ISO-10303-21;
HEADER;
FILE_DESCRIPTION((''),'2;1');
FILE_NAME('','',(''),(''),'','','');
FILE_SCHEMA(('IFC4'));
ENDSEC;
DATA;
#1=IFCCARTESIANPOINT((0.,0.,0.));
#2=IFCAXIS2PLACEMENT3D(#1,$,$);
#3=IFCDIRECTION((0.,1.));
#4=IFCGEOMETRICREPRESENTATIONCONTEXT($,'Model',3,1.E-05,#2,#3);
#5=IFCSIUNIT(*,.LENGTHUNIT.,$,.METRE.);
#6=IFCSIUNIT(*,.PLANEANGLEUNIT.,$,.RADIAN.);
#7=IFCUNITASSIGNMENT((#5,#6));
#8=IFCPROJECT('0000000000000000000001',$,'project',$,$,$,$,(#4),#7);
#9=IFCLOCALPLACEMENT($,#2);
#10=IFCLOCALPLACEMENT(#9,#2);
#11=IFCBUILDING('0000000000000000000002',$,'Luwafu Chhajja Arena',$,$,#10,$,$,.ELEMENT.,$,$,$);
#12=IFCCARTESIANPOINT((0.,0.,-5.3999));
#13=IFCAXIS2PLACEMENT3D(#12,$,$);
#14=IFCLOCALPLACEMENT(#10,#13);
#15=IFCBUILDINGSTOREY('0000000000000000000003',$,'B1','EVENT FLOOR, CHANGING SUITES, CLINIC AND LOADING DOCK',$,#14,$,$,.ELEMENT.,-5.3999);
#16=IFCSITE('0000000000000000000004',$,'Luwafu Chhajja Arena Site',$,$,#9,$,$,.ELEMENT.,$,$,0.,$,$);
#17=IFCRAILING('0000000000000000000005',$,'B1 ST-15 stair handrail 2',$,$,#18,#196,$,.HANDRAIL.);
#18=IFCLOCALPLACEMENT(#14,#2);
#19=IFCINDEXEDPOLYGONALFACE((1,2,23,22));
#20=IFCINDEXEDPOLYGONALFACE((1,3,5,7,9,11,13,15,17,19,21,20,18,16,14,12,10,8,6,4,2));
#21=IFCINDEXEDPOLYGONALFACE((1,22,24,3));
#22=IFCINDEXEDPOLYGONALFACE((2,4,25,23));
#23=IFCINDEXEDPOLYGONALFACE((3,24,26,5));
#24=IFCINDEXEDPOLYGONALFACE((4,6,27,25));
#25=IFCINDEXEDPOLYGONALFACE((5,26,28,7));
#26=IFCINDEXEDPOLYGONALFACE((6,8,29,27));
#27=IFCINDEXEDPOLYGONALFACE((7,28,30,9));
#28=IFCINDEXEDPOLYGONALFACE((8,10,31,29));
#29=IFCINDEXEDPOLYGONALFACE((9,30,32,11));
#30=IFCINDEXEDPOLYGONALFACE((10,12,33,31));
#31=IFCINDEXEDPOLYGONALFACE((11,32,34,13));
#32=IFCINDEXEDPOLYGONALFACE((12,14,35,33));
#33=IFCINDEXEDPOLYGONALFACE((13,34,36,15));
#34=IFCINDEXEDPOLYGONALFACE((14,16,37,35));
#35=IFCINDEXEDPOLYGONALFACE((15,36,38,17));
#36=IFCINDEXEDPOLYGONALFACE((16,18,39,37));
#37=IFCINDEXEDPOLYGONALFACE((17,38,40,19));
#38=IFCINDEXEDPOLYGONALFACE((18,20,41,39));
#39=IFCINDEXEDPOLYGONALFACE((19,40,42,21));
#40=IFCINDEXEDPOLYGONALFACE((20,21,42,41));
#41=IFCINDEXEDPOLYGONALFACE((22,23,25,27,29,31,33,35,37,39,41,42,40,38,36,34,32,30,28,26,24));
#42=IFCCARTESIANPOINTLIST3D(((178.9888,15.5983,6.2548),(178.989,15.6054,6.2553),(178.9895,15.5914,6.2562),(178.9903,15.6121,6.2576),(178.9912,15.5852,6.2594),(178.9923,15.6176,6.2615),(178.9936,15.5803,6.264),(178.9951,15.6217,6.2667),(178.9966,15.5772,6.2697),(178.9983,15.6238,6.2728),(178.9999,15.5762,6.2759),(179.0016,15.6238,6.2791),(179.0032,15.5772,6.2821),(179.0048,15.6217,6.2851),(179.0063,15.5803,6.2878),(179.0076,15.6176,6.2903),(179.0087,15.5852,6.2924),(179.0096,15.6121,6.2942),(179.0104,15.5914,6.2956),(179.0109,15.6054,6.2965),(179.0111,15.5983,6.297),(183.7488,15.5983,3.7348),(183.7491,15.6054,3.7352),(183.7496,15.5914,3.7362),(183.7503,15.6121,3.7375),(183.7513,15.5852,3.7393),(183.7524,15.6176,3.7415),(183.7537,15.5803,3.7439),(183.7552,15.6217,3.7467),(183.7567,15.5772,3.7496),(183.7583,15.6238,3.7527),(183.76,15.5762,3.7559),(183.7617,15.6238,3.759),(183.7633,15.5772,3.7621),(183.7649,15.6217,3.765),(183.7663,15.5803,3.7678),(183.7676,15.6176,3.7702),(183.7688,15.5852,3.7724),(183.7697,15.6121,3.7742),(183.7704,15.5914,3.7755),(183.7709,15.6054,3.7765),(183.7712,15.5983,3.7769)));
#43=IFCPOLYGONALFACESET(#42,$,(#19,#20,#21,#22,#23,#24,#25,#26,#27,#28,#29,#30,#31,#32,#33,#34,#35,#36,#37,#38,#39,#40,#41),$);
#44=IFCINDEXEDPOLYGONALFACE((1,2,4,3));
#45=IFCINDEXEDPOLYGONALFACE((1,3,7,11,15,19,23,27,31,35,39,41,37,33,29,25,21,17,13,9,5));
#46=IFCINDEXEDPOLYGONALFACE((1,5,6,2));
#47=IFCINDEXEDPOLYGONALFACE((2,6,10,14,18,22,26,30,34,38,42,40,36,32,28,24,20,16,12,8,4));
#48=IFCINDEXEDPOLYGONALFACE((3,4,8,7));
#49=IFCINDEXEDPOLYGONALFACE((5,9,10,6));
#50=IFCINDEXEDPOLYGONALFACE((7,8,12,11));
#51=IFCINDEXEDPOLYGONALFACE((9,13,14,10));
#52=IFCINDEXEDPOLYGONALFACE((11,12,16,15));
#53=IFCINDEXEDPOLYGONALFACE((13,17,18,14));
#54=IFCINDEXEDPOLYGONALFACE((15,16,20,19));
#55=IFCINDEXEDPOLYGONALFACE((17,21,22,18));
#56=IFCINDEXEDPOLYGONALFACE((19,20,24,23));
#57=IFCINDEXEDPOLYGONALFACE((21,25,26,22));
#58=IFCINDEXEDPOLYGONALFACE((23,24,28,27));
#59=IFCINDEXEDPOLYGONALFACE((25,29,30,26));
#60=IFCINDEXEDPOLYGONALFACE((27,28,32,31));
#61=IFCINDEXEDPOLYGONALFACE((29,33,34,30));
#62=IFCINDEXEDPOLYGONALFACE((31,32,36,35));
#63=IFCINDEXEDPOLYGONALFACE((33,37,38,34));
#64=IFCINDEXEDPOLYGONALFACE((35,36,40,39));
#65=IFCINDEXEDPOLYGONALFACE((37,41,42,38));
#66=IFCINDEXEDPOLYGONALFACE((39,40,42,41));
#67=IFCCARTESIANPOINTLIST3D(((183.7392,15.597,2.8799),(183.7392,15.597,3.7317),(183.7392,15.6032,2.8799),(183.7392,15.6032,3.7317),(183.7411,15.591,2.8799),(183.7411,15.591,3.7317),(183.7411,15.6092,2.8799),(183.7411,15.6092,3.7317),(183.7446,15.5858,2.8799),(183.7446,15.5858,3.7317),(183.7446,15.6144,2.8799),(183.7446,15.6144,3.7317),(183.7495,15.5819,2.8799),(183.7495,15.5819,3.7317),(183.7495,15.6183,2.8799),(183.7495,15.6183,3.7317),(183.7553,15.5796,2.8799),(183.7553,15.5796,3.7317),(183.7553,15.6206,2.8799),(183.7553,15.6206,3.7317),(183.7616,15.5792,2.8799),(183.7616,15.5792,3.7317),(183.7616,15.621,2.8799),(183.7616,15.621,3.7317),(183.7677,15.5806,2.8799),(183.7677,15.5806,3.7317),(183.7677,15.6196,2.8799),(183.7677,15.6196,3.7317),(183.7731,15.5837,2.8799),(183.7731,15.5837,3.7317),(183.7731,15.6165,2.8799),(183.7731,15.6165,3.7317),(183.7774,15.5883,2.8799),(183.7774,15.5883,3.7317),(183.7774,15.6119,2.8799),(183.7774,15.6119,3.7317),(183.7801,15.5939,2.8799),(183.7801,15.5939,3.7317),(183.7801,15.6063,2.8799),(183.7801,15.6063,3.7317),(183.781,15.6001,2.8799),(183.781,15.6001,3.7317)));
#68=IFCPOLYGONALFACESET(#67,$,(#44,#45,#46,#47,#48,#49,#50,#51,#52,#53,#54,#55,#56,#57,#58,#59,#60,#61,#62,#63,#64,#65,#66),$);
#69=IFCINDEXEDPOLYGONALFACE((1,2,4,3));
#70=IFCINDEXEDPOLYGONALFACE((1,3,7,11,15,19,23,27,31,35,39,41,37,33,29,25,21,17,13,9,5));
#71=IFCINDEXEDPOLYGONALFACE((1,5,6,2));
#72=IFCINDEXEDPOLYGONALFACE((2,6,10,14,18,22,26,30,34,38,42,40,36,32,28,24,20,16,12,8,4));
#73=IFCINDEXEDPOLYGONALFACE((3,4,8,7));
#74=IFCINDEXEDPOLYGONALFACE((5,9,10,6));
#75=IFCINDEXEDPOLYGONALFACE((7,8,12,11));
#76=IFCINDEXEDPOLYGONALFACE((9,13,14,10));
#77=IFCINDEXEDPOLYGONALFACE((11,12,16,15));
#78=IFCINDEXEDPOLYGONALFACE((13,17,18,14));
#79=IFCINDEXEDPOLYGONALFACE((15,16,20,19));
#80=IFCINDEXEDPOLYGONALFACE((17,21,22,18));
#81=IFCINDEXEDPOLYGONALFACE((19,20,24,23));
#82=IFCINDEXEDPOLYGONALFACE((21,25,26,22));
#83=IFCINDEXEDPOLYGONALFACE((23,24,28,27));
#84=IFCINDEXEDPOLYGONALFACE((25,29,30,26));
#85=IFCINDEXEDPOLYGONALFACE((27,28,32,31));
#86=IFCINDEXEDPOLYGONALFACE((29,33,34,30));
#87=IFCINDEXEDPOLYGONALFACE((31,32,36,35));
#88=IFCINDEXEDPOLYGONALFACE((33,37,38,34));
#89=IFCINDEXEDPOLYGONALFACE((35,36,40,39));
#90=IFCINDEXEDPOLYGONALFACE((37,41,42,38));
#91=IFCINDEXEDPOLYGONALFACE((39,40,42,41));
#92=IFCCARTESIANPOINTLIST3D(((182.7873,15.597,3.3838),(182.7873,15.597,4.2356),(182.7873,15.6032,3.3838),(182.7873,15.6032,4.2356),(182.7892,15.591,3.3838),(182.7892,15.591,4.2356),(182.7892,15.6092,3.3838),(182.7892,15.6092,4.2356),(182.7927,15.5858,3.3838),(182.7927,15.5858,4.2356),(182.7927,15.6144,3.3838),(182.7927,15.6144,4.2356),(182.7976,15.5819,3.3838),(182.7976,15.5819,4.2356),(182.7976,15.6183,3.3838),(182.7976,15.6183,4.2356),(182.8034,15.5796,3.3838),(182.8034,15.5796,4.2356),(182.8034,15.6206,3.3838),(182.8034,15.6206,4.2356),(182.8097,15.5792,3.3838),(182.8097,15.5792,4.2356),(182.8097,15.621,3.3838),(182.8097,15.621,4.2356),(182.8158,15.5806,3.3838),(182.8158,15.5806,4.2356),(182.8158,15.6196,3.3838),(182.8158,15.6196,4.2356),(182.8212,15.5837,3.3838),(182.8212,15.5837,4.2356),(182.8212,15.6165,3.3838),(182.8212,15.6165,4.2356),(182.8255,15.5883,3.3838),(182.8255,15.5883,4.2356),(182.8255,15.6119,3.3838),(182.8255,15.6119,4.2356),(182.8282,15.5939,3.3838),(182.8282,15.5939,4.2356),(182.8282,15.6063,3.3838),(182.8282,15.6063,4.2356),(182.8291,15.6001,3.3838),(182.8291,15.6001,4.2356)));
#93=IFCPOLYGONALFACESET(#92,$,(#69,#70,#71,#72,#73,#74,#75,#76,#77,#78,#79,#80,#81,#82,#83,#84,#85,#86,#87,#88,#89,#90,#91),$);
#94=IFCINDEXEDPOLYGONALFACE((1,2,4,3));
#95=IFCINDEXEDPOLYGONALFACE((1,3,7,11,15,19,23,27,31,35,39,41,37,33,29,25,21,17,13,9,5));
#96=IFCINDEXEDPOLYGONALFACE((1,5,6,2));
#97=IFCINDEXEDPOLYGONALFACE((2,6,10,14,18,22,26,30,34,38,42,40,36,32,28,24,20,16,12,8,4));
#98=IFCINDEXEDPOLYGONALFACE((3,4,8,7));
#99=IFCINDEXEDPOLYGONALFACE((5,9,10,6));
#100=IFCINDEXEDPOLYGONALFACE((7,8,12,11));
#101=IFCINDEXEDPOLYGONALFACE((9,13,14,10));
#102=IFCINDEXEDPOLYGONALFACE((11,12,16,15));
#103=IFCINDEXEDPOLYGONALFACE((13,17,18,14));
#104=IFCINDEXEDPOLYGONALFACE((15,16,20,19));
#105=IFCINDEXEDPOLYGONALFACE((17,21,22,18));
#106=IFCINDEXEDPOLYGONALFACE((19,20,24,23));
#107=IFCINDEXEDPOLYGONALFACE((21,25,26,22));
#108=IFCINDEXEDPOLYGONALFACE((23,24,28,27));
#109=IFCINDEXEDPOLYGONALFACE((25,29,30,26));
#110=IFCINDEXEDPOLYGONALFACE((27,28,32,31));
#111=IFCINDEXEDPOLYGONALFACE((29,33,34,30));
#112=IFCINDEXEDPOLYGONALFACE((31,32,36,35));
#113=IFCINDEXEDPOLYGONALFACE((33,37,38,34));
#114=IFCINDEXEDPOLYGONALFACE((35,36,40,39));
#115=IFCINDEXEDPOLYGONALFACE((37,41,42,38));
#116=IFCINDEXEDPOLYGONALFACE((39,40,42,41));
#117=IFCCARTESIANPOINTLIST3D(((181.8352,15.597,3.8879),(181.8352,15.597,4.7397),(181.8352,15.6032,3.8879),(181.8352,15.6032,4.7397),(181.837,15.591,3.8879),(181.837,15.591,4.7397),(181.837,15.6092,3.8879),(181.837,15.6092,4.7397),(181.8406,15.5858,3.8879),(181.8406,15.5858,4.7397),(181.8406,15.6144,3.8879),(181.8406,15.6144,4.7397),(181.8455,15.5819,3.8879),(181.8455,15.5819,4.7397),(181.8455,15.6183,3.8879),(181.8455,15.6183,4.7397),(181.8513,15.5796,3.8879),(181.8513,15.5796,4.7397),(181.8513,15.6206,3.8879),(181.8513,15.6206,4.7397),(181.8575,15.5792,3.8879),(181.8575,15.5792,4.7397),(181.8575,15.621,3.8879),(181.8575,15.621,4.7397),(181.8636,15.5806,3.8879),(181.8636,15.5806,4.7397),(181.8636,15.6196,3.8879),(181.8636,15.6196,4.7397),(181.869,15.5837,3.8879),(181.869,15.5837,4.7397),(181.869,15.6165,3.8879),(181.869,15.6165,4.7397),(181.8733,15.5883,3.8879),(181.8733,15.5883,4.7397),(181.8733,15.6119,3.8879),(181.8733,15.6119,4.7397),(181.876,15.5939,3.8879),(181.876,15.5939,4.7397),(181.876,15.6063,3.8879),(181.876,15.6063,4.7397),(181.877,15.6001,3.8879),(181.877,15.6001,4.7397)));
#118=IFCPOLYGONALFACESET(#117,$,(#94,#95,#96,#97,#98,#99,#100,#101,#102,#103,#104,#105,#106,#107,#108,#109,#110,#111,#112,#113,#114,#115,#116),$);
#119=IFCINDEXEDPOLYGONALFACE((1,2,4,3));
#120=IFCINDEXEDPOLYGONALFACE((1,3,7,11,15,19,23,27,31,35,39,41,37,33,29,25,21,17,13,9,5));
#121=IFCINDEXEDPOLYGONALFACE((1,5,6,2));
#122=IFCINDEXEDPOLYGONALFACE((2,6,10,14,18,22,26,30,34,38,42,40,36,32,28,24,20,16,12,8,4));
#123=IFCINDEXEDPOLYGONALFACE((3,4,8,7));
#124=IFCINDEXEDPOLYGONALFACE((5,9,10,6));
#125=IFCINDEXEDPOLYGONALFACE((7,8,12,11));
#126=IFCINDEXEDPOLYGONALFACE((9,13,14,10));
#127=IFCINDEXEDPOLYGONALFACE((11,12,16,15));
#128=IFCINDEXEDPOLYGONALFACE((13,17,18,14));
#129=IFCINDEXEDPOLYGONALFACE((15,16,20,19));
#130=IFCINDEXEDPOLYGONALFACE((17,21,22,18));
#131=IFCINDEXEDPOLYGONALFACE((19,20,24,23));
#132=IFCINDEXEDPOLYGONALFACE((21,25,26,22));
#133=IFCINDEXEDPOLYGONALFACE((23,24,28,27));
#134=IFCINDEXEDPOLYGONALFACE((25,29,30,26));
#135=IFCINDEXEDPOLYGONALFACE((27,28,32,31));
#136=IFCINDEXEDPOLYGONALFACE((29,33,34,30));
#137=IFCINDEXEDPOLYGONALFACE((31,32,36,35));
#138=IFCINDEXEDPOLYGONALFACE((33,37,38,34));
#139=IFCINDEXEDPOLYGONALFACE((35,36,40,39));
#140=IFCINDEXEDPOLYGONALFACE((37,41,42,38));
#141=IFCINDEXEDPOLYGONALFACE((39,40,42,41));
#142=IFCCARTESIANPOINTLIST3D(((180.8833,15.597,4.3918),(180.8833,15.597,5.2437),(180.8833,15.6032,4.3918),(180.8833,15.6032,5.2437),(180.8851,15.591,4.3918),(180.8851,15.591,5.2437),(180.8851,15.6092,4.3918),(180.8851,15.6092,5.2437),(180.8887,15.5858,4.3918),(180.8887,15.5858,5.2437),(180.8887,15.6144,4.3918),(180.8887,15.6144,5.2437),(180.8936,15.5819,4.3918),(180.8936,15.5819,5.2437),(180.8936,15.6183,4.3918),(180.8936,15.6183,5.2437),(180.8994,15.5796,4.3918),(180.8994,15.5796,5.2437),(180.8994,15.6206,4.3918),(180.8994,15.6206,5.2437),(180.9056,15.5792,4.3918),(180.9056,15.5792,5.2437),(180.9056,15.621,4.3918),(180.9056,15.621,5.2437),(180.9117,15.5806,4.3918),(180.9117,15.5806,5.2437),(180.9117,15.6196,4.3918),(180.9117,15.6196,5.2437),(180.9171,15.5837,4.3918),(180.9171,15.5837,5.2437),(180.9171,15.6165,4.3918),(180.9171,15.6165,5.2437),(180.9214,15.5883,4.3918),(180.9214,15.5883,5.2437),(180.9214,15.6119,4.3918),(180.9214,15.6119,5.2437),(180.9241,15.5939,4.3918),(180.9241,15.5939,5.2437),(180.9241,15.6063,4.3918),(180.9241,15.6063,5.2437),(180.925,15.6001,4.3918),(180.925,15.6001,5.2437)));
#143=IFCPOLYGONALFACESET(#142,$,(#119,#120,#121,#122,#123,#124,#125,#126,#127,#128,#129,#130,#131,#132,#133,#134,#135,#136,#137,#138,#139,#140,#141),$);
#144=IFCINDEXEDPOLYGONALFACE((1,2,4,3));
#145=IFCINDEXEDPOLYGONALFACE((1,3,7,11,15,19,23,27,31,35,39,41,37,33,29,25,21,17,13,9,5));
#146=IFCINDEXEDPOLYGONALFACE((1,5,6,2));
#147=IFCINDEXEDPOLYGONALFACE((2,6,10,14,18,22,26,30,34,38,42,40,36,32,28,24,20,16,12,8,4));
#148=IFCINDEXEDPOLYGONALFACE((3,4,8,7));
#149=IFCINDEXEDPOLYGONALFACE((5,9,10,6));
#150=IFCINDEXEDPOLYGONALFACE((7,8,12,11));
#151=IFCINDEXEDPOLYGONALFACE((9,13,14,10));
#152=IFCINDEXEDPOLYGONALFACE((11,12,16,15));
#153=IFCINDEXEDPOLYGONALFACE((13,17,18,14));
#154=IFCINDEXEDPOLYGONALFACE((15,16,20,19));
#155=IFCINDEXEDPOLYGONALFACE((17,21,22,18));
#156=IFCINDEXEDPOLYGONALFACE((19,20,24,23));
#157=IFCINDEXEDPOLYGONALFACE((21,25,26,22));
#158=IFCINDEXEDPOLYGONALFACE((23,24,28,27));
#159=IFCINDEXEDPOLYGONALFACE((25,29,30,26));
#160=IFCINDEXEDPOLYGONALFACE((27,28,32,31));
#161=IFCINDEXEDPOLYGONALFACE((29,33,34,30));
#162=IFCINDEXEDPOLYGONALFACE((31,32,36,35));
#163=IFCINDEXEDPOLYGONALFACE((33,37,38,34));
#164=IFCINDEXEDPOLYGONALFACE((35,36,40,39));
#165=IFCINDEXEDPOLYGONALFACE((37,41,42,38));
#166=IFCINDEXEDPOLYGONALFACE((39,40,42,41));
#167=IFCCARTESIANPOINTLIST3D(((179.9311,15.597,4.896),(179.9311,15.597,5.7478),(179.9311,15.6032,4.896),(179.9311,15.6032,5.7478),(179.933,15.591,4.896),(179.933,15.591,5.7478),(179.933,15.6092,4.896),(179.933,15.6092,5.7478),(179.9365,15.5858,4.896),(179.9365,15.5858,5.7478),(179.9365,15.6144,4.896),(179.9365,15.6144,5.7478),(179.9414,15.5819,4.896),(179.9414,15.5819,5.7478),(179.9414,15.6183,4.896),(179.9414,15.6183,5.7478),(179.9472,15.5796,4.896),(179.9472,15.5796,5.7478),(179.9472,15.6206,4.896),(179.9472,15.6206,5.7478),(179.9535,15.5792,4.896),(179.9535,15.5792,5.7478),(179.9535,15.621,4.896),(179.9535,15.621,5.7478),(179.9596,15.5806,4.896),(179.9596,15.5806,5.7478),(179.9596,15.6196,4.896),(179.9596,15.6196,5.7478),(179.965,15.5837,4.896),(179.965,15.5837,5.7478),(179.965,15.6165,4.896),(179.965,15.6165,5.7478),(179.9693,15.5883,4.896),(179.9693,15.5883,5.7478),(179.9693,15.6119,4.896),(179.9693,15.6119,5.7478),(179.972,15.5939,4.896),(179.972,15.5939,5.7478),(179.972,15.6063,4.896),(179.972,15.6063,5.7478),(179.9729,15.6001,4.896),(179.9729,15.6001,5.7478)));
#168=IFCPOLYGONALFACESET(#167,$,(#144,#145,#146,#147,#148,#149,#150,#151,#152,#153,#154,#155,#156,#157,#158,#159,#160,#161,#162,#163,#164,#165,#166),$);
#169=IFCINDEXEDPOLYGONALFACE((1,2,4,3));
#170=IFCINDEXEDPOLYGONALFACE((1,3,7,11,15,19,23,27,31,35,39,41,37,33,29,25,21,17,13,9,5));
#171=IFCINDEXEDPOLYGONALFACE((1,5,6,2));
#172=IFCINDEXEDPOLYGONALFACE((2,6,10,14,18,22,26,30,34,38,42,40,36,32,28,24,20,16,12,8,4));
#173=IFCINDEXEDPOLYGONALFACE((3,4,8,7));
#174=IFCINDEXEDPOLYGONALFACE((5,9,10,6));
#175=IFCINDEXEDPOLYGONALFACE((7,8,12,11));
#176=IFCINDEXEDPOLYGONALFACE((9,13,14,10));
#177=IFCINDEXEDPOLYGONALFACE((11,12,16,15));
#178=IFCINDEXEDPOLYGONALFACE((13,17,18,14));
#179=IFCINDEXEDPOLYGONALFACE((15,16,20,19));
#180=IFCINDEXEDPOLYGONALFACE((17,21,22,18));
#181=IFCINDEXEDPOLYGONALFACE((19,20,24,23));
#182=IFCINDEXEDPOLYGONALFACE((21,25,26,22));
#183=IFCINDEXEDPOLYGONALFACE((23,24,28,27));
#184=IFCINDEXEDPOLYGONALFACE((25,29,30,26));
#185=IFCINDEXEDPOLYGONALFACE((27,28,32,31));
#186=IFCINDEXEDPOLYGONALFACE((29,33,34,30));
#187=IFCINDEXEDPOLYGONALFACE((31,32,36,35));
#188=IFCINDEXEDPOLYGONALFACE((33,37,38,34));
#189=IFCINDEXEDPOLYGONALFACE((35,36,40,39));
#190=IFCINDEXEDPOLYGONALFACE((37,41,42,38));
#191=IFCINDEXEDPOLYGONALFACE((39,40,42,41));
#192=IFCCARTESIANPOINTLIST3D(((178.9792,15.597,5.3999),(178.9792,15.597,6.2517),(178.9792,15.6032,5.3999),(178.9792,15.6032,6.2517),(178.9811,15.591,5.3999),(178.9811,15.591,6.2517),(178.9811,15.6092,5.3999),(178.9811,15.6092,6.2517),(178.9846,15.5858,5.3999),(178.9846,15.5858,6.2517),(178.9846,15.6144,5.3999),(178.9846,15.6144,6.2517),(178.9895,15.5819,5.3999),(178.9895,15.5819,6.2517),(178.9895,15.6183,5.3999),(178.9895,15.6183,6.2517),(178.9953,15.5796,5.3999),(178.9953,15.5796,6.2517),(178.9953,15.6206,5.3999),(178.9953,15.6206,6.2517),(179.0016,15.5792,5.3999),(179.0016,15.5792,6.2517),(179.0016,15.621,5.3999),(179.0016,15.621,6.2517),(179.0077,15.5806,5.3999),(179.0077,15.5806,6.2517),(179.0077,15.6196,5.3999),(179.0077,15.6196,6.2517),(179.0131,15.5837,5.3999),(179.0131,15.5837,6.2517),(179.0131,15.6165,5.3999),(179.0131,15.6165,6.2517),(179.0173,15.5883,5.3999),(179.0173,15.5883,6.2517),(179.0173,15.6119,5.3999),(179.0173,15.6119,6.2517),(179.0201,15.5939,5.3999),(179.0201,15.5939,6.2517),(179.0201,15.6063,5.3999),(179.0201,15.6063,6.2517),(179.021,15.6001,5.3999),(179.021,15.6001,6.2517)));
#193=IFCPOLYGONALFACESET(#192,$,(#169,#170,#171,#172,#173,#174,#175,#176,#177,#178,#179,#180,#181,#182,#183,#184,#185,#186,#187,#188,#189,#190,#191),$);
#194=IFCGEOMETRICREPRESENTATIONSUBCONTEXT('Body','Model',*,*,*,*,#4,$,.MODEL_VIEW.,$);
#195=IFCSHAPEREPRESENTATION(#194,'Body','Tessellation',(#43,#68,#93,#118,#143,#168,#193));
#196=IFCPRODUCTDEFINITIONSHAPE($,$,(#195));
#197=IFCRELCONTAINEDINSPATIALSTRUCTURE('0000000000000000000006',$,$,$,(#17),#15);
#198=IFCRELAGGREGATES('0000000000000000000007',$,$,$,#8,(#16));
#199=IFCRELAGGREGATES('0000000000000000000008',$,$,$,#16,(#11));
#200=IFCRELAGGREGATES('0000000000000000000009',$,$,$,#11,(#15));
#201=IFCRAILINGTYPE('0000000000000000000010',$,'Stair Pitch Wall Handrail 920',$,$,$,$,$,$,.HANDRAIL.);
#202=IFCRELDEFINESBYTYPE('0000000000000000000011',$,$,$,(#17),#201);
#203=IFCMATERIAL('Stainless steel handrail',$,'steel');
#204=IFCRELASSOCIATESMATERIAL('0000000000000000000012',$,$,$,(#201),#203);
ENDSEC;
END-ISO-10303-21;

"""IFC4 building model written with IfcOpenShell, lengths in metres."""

from ifc_helpers import new_model, si_unit, direction, frame, origin, origin_2d, place, context, subcontext, project, spatial, circle, extrude, material, type_object, element, save


model = new_model("IFC4")

# Units and contexts
model_context = context("Model", 3, precision=1e-05, world=origin(), true_north=direction((0.0, 1.0)))
body_context = subcontext(model_context, "Body", "Model", "MODEL_VIEW")
ifc_project = project(units=[si_unit("LENGTHUNIT", "METRE"), si_unit("PLANEANGLEUNIT", "RADIAN")], contexts=[model_context])

# Site, building, storey
site_placement = place(None, origin())
site = spatial("IfcSite", under=ifc_project, at=site_placement, Name="Luwafu Chhajja Arena Site", CompositionType="ELEMENT", RefElevation=0.0)
building_placement = place(site_placement, origin())
building = spatial("IfcBuilding", under=site, at=building_placement, Name="Luwafu Chhajja Arena", CompositionType="ELEMENT")
storey_placement = place(building_placement, frame((0.0, 0.0, -5.3999)))
storey = spatial("IfcBuildingStorey", under=building, at=storey_placement, Name="B1", Description="EVENT FLOOR, CHANGING SUITES, CLINIC AND LOADING DOCK", CompositionType="ELEMENT", Elevation=-5.3999)

# Railing
ifc_material_1 = material(Name="Stainless steel handrail", Category="steel")
railing_type_1 = type_object("IfcRailingType", Name="Stair Pitch Wall Handrail 920", PredefinedType="HANDRAIL", material=ifc_material_1)
railing_1_placement = place(storey_placement, frame((183.76, 15.6001, 2.8799)))
element("IfcRailing", 1, at=railing_1_placement, inside=storey, type_object=railing_type_1, Name="B1 ST-15 stair handrail 2", PredefinedType="HANDRAIL", context=body_context, shape_type="SweptSolid", body=[
    extrude(circle(Radius=0.0239, at=origin_2d()), frame((0.0, 0.0, 0.876), z_axis=(-0.883787, 0.0, 0.46789), x_axis=(0.0, -1.0, 0.0)), (0.0, 0.0, 1.0), 5.386),
    extrude(circle(Radius=0.021, at=origin_2d()), origin(), (0.0, 0.0, 1.0), 0.8518),
    extrude(circle(Radius=0.021, at=origin_2d()), frame((-0.9519, 0.0, 0.5039)), (0.0, 0.0, 1.0), 0.8518),
    extrude(circle(Radius=0.021, at=origin_2d()), frame((-1.9041, 0.0, 1.0081)), (0.0, 0.0, 1.0), 0.8518),
    extrude(circle(Radius=0.021, at=origin_2d()), frame((-2.856, 0.0, 1.512)), (0.0, 0.0, 1.0), 0.8518),
    extrude(circle(Radius=0.021, at=origin_2d()), frame((-3.8081, 0.0, 2.0161)), (0.0, 0.0, 1.0), 0.8518),
    extrude(circle(Radius=0.021, at=origin_2d()), frame((-4.76, 0.0, 2.52)), (0.0, 0.0, 1.0), 0.8518),
])

save(model, "model.ifc")
